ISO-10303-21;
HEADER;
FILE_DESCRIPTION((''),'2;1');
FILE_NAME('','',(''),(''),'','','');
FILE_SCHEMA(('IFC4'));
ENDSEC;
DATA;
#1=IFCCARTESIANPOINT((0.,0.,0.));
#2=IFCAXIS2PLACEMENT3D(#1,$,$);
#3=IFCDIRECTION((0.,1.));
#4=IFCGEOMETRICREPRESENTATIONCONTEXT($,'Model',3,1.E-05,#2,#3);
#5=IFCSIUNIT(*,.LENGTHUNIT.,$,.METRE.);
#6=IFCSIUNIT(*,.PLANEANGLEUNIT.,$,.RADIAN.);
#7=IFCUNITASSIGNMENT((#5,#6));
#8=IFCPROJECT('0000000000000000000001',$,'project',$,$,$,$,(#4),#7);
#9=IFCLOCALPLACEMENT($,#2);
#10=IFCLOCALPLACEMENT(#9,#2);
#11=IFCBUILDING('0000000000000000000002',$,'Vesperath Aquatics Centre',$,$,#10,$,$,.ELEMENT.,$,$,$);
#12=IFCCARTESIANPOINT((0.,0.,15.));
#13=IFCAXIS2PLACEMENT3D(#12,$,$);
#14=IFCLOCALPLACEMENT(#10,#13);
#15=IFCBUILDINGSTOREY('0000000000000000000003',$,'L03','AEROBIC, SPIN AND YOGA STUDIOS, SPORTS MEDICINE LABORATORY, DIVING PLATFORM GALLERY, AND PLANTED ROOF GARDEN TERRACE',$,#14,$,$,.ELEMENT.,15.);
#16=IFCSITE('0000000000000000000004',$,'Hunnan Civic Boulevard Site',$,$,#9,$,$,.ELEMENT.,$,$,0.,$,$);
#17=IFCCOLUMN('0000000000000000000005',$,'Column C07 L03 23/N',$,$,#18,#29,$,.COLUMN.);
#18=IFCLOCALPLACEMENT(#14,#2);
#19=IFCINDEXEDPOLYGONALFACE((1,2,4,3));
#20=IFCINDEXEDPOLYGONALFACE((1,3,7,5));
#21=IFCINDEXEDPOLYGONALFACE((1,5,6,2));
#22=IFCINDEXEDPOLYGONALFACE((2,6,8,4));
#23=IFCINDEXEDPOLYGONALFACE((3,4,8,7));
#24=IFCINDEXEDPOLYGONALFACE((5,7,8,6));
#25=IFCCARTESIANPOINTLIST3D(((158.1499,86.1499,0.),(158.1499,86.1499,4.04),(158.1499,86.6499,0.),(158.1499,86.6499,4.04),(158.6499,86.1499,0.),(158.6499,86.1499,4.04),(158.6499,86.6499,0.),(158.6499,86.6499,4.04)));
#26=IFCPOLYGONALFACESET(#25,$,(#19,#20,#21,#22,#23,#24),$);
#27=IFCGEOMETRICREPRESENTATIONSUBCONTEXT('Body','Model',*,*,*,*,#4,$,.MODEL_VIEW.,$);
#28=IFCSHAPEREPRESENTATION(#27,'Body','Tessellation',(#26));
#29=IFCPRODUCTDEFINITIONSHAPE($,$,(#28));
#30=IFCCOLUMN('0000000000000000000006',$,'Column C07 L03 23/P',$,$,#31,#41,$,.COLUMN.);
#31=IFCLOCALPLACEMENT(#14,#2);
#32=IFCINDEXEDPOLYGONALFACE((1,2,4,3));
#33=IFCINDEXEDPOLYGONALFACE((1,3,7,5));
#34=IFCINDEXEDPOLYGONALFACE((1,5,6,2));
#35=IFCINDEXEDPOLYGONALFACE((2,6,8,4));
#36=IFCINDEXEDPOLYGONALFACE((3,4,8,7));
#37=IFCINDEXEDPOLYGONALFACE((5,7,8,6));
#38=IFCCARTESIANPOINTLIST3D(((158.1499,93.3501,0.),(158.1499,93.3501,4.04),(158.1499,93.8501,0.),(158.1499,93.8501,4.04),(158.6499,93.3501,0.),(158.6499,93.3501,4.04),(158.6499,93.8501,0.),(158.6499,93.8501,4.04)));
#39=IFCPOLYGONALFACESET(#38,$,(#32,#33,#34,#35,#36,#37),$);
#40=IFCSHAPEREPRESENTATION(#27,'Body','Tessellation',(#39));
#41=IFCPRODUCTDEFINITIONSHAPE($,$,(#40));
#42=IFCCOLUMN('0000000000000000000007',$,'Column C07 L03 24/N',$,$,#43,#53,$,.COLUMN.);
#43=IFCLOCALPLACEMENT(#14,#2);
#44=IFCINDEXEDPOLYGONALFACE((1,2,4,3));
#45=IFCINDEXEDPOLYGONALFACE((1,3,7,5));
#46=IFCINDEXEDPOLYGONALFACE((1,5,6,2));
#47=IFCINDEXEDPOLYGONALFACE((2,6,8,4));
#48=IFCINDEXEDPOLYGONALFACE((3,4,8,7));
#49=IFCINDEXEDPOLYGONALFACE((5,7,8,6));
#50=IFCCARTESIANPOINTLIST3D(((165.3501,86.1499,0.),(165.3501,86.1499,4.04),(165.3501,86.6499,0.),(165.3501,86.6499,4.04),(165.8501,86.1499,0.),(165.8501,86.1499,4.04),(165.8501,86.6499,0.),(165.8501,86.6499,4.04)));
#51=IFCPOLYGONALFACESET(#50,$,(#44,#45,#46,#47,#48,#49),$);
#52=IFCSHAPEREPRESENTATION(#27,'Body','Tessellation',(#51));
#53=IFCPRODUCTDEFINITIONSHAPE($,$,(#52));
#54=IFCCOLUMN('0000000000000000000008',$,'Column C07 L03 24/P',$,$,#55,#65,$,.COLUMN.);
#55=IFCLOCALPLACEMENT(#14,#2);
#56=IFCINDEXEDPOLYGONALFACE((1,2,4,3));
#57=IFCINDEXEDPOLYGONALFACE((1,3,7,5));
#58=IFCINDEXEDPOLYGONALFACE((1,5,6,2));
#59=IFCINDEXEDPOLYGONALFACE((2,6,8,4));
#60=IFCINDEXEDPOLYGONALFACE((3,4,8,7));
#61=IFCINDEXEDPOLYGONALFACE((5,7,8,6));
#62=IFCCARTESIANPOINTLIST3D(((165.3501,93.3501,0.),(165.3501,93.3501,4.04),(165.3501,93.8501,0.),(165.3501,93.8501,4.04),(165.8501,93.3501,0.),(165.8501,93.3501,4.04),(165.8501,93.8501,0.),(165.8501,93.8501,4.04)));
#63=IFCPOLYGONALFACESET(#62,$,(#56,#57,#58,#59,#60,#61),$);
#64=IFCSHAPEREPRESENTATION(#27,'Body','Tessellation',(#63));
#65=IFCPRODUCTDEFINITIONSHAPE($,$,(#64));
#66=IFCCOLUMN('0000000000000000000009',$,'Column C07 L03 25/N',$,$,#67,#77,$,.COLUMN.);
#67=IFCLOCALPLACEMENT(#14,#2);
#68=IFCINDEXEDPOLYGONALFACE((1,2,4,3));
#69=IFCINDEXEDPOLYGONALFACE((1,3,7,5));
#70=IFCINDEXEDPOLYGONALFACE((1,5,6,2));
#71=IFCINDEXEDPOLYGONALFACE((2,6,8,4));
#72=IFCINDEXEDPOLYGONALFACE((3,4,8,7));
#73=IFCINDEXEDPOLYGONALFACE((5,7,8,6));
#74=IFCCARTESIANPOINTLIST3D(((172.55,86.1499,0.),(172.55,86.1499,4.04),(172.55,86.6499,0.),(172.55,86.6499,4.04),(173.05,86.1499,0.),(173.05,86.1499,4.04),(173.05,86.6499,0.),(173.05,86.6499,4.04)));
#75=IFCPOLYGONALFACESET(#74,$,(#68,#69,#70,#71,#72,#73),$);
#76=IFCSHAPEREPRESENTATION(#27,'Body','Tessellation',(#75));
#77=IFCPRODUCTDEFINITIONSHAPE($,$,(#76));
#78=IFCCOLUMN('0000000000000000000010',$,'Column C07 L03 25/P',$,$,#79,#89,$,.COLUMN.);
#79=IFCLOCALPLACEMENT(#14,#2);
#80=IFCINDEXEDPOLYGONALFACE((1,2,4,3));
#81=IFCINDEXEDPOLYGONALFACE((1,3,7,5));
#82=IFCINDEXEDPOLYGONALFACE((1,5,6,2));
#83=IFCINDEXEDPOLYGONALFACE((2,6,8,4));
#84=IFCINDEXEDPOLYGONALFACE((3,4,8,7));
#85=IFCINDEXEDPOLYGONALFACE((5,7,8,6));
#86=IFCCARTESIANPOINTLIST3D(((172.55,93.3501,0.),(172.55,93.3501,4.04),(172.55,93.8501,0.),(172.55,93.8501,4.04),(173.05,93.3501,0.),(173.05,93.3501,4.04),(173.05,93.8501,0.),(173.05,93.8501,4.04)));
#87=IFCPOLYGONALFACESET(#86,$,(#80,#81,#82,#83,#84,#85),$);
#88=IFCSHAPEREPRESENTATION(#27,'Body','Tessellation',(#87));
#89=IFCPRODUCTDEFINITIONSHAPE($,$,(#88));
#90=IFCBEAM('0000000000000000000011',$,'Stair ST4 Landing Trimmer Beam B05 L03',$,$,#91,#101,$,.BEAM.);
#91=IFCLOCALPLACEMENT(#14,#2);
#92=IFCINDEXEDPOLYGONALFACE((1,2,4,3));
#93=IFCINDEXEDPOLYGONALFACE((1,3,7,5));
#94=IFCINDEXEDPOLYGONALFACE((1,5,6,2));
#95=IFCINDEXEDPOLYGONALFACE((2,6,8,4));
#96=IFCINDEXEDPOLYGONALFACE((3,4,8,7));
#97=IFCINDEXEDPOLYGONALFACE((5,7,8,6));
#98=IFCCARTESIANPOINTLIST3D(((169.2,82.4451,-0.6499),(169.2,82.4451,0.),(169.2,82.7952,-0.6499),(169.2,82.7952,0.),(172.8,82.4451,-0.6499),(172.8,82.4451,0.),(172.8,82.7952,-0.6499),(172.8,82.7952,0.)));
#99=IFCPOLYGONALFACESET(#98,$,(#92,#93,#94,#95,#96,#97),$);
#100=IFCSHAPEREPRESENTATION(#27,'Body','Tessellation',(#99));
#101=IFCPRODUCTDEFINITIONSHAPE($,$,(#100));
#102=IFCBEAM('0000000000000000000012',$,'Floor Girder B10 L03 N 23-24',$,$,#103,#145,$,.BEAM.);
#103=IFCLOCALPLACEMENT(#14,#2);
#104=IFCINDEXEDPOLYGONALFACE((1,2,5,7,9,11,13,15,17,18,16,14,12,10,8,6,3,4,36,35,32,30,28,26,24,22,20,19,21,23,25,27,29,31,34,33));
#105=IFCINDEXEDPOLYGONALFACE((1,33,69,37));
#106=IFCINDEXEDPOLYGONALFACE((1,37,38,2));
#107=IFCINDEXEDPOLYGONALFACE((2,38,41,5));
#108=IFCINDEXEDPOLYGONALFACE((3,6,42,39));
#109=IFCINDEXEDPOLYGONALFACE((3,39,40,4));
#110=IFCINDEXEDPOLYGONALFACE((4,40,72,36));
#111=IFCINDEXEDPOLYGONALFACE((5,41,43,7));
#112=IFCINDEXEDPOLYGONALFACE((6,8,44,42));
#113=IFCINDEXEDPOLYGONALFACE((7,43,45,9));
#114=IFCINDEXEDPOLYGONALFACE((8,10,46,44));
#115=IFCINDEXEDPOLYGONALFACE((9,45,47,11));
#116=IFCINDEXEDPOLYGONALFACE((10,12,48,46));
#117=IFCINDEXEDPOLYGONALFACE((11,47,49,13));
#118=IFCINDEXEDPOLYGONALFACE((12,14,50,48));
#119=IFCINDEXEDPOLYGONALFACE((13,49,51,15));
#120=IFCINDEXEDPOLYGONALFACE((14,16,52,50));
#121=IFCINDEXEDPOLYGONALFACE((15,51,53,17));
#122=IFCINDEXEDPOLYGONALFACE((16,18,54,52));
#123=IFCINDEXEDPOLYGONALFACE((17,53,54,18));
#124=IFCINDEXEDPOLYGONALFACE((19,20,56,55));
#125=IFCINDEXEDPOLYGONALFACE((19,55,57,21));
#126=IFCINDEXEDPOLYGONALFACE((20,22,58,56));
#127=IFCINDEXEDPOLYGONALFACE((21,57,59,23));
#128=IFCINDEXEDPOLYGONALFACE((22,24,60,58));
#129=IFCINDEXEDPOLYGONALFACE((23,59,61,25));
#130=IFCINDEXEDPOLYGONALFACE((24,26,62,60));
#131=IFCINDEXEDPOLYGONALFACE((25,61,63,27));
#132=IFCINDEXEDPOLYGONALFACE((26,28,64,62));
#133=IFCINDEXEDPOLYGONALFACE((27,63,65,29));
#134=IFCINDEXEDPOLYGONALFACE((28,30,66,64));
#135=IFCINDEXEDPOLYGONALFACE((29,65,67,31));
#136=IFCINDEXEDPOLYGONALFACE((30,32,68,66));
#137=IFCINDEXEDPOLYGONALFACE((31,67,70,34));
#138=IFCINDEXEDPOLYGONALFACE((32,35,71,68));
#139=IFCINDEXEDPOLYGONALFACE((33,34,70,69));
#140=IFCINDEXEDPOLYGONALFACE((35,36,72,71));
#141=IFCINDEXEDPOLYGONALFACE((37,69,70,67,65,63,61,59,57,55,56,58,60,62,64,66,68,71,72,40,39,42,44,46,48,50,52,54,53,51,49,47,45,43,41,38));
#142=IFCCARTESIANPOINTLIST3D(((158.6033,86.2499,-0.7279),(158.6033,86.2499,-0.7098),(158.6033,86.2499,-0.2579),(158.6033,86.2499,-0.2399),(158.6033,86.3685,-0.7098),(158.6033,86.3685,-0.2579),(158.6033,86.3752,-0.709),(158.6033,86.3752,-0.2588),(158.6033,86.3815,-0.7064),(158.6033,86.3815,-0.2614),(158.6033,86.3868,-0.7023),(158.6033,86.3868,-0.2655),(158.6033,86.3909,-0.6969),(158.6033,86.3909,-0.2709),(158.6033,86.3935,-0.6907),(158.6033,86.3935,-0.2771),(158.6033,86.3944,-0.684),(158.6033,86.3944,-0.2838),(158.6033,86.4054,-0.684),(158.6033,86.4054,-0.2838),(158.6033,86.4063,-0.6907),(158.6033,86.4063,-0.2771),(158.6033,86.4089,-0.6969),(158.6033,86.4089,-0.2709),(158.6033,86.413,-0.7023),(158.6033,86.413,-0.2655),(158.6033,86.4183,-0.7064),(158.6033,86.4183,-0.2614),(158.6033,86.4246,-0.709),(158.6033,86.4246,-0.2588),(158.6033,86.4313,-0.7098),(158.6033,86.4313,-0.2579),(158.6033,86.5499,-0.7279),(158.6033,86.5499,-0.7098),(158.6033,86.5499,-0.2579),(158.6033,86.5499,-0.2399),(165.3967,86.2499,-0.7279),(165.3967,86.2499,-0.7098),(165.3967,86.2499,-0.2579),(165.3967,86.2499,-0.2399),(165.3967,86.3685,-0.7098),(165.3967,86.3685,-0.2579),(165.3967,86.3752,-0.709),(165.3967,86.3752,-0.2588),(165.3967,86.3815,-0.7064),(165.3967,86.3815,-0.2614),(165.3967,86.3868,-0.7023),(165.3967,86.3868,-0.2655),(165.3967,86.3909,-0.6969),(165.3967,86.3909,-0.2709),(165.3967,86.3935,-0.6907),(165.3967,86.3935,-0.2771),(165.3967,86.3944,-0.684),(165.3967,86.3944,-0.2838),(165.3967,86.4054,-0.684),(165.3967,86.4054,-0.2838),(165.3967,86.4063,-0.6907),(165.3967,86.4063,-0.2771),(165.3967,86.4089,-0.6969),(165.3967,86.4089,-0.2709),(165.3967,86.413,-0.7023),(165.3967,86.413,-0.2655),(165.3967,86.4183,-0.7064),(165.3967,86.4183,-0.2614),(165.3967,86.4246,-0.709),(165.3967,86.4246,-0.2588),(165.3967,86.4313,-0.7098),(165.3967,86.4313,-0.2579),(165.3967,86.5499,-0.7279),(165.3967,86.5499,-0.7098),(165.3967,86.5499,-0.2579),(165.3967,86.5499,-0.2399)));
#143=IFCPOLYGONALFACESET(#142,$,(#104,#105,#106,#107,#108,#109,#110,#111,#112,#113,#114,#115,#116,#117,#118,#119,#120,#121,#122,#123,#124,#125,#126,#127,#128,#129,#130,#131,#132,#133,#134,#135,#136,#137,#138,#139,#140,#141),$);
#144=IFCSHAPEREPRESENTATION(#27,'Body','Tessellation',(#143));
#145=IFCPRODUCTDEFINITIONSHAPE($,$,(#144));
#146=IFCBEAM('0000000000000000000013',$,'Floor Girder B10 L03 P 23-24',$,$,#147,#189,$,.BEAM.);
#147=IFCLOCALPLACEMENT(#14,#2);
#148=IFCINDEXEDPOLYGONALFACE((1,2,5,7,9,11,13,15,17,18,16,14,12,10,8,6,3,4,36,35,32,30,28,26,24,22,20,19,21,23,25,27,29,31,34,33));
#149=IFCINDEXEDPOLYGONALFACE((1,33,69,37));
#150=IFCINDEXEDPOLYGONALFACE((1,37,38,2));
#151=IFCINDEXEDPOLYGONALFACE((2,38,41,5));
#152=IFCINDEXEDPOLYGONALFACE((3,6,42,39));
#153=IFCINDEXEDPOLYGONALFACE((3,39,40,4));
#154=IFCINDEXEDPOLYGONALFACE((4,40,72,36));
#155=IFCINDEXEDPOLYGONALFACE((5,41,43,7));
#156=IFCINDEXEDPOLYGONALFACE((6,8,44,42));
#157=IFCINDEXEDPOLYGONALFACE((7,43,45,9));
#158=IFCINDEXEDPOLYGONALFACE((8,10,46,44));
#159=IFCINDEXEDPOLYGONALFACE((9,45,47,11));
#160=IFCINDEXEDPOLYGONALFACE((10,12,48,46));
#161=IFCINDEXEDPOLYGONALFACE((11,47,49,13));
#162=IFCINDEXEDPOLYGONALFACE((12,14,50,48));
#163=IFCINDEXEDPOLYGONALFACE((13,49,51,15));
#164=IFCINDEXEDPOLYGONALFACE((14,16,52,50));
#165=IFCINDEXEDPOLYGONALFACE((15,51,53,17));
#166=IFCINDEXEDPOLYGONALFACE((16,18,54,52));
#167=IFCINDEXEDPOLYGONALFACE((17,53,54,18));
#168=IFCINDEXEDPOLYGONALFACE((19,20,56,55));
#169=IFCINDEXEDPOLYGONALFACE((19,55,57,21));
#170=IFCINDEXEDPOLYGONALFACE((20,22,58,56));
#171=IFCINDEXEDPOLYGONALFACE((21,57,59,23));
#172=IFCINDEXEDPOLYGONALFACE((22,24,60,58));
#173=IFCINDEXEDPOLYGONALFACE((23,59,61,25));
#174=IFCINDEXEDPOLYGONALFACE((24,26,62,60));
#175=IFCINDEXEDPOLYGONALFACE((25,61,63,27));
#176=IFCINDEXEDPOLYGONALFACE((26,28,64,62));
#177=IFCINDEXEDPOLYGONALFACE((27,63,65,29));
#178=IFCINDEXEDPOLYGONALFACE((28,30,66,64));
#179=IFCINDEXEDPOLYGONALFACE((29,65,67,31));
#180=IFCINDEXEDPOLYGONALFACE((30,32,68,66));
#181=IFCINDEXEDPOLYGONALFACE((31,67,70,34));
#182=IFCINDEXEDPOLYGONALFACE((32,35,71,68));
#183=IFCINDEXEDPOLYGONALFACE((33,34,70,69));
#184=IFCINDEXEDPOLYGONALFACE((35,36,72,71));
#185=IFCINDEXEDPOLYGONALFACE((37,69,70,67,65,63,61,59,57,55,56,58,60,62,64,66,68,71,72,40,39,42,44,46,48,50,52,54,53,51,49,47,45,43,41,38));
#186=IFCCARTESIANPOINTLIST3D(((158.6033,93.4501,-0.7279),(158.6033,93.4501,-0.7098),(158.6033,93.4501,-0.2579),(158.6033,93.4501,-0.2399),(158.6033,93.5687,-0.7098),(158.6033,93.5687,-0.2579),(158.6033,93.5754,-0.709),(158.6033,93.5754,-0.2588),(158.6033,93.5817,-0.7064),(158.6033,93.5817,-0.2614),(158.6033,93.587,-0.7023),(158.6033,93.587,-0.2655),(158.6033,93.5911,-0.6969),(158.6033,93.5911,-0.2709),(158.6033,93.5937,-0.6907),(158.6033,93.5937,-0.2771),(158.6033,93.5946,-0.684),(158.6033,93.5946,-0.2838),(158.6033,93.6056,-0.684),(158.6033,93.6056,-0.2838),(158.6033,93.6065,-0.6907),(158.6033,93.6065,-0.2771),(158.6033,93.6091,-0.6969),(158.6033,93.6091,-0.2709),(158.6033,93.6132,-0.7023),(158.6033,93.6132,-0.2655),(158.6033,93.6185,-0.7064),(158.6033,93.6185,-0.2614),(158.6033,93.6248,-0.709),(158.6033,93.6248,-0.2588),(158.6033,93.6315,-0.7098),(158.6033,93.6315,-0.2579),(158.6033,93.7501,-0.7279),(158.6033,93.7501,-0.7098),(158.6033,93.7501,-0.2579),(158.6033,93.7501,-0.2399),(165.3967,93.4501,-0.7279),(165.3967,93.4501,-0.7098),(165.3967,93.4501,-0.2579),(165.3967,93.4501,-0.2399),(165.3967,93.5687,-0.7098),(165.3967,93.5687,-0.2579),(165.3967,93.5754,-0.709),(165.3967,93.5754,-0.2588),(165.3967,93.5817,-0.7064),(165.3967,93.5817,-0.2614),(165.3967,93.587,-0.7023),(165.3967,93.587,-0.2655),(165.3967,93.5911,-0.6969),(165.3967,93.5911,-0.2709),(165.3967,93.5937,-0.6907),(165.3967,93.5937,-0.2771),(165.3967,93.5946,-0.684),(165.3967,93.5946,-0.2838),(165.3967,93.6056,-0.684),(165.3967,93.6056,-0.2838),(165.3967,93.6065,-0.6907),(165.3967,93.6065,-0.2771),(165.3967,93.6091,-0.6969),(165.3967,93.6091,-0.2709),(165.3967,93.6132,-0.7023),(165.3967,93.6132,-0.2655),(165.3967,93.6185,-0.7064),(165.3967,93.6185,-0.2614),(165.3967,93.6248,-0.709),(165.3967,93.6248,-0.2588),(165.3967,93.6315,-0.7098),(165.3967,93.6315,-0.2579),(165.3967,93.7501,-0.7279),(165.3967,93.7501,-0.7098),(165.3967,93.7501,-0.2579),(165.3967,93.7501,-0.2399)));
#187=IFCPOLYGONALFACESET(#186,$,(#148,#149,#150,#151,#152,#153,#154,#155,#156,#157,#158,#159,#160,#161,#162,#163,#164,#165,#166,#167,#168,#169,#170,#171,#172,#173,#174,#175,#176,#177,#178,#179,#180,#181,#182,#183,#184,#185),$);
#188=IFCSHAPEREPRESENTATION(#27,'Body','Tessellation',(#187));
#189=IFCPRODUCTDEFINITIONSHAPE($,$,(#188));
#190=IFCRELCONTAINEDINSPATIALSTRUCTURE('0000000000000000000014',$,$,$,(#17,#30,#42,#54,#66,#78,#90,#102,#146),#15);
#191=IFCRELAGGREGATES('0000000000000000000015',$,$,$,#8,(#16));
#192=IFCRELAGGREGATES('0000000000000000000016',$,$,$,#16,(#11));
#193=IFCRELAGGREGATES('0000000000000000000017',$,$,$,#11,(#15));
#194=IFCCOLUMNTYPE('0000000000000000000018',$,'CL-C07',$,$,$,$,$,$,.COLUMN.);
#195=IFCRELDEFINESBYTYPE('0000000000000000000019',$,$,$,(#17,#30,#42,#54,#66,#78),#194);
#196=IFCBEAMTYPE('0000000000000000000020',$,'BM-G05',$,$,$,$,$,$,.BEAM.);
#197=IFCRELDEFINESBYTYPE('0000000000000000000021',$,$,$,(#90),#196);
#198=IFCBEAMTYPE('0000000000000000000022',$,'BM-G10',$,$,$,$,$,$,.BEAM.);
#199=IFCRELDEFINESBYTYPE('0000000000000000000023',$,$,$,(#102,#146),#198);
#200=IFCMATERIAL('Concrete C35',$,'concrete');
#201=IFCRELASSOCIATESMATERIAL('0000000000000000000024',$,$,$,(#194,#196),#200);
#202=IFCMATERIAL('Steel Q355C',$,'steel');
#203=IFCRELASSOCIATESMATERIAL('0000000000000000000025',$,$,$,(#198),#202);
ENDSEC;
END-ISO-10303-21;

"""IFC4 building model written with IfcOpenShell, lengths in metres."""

from ifc_helpers import new_model, si_unit, direction, frame, origin, origin_2d, place, context, subcontext, project, spatial, rectangle, i_section, extrude, material, material_profile, profile_set, type_object, element, save


model = new_model("IFC4")

# Units and contexts
model_context = context("Model", 3, precision=1e-05, world=origin(), true_north=direction((0.0, 1.0)))
body_context = subcontext(model_context, "Body", "Model", "MODEL_VIEW")
ifc_project = project(units=[si_unit("LENGTHUNIT", "METRE"), si_unit("PLANEANGLEUNIT", "RADIAN")], contexts=[model_context])

# Site, building, storey
site_placement = place(None, origin())
site = spatial("IfcSite", under=ifc_project, at=site_placement, Name="Hunnan Civic Boulevard Site", CompositionType="ELEMENT", RefElevation=0.0)
building_placement = place(site_placement, origin())
building = spatial("IfcBuilding", under=site, at=building_placement, Name="Vesperath Aquatics Centre", CompositionType="ELEMENT")
storey_placement = place(building_placement, frame((0.0, 0.0, 15.0)))
storey = spatial("IfcBuildingStorey", under=building, at=storey_placement, Name="L03", Description="AEROBIC, SPIN AND YOGA STUDIOS, SPORTS MEDICINE LABORATORY, DIVING PLATFORM GALLERY, AND PLANTED ROOF GARDEN TERRACE", CompositionType="ELEMENT", Elevation=15.0)

# Columns
ifc_material_1 = material(Name="Concrete C35", Category="concrete")
ifc_material_profile_1 = material_profile(ifc_material_1, rectangle(XDim=0.5, YDim=0.5, at=origin_2d()), Name="RC 500x500")
ifc_profile_set_1 = profile_set([ifc_material_profile_1], Name="Concrete C35")
column_type = type_object("IfcColumnType", Name="CL-C07", PredefinedType="COLUMN", material=ifc_profile_set_1)
for number, where, z_axis, x_axis, name in (
    (1, (158.3999, 86.3999, 0.0), (0.0, 0.0, 1.0), (1.0, 0.0, 0.0), "Column C07 L03 23/N"),
    (2, (158.3999, 93.6001, 0.0), (0.0, 0.0, 1.0), (1.0, 0.0, 0.0), "Column C07 L03 23/P"),
    (3, (165.6001, 86.3999, 0.0), (0.0, 0.0, 1.0), (1.0, 0.0, 0.0), "Column C07 L03 24/N"),
    (4, (165.6001, 93.6001, 0.0), (0.0, 0.0, 1.0), (1.0, 0.0, 0.0), "Column C07 L03 24/P"),
    (5, (172.8, 86.3999, 0.0), (0.0, 0.0, 1.0), (1.0, 0.0, 0.0), "Column C07 L03 25/N"),
    (6, (172.8, 93.6001, 0.0), (0.0, 0.0, 1.0), (1.0, 0.0, 0.0), "Column C07 L03 25/P"),
):
    element("IfcColumn", number, at=place(storey_placement, frame(where, z_axis=z_axis, x_axis=x_axis)), inside=storey, type_object=column_type, Name=name, PredefinedType="COLUMN", context=body_context, shape_type="SweptSolid", body=[
        extrude(rectangle(XDim=0.5, YDim=0.5, at=origin_2d()), origin(), (0.0, 0.0, 1.0), 4.04),
    ])

# Beams
ifc_material_profile_2 = material_profile(ifc_material_1, rectangle(XDim=0.3501, YDim=0.6499, at=origin_2d()), Name="RC 350x650")
ifc_profile_set_2 = profile_set([ifc_material_profile_2], Name="Concrete C35")
beam_type_1 = type_object("IfcBeamType", Name="BM-G05", PredefinedType="BEAM", material=ifc_profile_set_2)
beam_placement = place(storey_placement, frame((169.2, 82.6201, -0.325), z_axis=(1.0, 0.0, 0.0), x_axis=(0.0, 1.0, 0.0)))
element("IfcBeam", 7, at=beam_placement, inside=storey, type_object=beam_type_1, Name="Stair ST4 Landing Trimmer Beam B05 L03", PredefinedType="BEAM", context=body_context, shape_type="SweptSolid", body=[
    extrude(rectangle(XDim=0.3501, YDim=0.6499, at=origin_2d()), origin(), (0.0, 0.0, 1.0), 3.6001),
])
ifc_material_2 = material(Name="Steel Q355C", Category="steel")
ifc_material_profile_3 = material_profile(ifc_material_2, i_section(OverallWidth=0.3, OverallDepth=0.488, WebThickness=0.011, FlangeThickness=0.0181, FilletRadius=0.0259, at=origin_2d()), Name="HM 488x300x11x18")
ifc_profile_set_3 = profile_set([ifc_material_profile_3], Name="Steel Q355C")
beam_type_2 = type_object("IfcBeamType", Name="BM-G10", PredefinedType="BEAM", material=ifc_profile_set_3)
for number, where, z_axis, x_axis, name in (
    (8, (158.6033, 86.3999, -0.4839), (1.0, 0.0, 0.0), (0.0, 1.0, 0.0), "Floor Girder B10 L03 N 23-24"),
    (9, (158.6033, 93.6001, -0.4839), (1.0, 0.0, 0.0), (0.0, 1.0, 0.0), "Floor Girder B10 L03 P 23-24"),
):
    element("IfcBeam", number, at=place(storey_placement, frame(where, z_axis=z_axis, x_axis=x_axis)), inside=storey, type_object=beam_type_2, Name=name, PredefinedType="BEAM", context=body_context, shape_type="SweptSolid", body=[
        extrude(i_section(OverallWidth=0.3, OverallDepth=0.488, WebThickness=0.011, FlangeThickness=0.0181, FilletRadius=0.0259, at=origin_2d()), origin(), (0.0, 0.0, 1.0), 6.7935),
    ])

save(model, "model.ifc")
